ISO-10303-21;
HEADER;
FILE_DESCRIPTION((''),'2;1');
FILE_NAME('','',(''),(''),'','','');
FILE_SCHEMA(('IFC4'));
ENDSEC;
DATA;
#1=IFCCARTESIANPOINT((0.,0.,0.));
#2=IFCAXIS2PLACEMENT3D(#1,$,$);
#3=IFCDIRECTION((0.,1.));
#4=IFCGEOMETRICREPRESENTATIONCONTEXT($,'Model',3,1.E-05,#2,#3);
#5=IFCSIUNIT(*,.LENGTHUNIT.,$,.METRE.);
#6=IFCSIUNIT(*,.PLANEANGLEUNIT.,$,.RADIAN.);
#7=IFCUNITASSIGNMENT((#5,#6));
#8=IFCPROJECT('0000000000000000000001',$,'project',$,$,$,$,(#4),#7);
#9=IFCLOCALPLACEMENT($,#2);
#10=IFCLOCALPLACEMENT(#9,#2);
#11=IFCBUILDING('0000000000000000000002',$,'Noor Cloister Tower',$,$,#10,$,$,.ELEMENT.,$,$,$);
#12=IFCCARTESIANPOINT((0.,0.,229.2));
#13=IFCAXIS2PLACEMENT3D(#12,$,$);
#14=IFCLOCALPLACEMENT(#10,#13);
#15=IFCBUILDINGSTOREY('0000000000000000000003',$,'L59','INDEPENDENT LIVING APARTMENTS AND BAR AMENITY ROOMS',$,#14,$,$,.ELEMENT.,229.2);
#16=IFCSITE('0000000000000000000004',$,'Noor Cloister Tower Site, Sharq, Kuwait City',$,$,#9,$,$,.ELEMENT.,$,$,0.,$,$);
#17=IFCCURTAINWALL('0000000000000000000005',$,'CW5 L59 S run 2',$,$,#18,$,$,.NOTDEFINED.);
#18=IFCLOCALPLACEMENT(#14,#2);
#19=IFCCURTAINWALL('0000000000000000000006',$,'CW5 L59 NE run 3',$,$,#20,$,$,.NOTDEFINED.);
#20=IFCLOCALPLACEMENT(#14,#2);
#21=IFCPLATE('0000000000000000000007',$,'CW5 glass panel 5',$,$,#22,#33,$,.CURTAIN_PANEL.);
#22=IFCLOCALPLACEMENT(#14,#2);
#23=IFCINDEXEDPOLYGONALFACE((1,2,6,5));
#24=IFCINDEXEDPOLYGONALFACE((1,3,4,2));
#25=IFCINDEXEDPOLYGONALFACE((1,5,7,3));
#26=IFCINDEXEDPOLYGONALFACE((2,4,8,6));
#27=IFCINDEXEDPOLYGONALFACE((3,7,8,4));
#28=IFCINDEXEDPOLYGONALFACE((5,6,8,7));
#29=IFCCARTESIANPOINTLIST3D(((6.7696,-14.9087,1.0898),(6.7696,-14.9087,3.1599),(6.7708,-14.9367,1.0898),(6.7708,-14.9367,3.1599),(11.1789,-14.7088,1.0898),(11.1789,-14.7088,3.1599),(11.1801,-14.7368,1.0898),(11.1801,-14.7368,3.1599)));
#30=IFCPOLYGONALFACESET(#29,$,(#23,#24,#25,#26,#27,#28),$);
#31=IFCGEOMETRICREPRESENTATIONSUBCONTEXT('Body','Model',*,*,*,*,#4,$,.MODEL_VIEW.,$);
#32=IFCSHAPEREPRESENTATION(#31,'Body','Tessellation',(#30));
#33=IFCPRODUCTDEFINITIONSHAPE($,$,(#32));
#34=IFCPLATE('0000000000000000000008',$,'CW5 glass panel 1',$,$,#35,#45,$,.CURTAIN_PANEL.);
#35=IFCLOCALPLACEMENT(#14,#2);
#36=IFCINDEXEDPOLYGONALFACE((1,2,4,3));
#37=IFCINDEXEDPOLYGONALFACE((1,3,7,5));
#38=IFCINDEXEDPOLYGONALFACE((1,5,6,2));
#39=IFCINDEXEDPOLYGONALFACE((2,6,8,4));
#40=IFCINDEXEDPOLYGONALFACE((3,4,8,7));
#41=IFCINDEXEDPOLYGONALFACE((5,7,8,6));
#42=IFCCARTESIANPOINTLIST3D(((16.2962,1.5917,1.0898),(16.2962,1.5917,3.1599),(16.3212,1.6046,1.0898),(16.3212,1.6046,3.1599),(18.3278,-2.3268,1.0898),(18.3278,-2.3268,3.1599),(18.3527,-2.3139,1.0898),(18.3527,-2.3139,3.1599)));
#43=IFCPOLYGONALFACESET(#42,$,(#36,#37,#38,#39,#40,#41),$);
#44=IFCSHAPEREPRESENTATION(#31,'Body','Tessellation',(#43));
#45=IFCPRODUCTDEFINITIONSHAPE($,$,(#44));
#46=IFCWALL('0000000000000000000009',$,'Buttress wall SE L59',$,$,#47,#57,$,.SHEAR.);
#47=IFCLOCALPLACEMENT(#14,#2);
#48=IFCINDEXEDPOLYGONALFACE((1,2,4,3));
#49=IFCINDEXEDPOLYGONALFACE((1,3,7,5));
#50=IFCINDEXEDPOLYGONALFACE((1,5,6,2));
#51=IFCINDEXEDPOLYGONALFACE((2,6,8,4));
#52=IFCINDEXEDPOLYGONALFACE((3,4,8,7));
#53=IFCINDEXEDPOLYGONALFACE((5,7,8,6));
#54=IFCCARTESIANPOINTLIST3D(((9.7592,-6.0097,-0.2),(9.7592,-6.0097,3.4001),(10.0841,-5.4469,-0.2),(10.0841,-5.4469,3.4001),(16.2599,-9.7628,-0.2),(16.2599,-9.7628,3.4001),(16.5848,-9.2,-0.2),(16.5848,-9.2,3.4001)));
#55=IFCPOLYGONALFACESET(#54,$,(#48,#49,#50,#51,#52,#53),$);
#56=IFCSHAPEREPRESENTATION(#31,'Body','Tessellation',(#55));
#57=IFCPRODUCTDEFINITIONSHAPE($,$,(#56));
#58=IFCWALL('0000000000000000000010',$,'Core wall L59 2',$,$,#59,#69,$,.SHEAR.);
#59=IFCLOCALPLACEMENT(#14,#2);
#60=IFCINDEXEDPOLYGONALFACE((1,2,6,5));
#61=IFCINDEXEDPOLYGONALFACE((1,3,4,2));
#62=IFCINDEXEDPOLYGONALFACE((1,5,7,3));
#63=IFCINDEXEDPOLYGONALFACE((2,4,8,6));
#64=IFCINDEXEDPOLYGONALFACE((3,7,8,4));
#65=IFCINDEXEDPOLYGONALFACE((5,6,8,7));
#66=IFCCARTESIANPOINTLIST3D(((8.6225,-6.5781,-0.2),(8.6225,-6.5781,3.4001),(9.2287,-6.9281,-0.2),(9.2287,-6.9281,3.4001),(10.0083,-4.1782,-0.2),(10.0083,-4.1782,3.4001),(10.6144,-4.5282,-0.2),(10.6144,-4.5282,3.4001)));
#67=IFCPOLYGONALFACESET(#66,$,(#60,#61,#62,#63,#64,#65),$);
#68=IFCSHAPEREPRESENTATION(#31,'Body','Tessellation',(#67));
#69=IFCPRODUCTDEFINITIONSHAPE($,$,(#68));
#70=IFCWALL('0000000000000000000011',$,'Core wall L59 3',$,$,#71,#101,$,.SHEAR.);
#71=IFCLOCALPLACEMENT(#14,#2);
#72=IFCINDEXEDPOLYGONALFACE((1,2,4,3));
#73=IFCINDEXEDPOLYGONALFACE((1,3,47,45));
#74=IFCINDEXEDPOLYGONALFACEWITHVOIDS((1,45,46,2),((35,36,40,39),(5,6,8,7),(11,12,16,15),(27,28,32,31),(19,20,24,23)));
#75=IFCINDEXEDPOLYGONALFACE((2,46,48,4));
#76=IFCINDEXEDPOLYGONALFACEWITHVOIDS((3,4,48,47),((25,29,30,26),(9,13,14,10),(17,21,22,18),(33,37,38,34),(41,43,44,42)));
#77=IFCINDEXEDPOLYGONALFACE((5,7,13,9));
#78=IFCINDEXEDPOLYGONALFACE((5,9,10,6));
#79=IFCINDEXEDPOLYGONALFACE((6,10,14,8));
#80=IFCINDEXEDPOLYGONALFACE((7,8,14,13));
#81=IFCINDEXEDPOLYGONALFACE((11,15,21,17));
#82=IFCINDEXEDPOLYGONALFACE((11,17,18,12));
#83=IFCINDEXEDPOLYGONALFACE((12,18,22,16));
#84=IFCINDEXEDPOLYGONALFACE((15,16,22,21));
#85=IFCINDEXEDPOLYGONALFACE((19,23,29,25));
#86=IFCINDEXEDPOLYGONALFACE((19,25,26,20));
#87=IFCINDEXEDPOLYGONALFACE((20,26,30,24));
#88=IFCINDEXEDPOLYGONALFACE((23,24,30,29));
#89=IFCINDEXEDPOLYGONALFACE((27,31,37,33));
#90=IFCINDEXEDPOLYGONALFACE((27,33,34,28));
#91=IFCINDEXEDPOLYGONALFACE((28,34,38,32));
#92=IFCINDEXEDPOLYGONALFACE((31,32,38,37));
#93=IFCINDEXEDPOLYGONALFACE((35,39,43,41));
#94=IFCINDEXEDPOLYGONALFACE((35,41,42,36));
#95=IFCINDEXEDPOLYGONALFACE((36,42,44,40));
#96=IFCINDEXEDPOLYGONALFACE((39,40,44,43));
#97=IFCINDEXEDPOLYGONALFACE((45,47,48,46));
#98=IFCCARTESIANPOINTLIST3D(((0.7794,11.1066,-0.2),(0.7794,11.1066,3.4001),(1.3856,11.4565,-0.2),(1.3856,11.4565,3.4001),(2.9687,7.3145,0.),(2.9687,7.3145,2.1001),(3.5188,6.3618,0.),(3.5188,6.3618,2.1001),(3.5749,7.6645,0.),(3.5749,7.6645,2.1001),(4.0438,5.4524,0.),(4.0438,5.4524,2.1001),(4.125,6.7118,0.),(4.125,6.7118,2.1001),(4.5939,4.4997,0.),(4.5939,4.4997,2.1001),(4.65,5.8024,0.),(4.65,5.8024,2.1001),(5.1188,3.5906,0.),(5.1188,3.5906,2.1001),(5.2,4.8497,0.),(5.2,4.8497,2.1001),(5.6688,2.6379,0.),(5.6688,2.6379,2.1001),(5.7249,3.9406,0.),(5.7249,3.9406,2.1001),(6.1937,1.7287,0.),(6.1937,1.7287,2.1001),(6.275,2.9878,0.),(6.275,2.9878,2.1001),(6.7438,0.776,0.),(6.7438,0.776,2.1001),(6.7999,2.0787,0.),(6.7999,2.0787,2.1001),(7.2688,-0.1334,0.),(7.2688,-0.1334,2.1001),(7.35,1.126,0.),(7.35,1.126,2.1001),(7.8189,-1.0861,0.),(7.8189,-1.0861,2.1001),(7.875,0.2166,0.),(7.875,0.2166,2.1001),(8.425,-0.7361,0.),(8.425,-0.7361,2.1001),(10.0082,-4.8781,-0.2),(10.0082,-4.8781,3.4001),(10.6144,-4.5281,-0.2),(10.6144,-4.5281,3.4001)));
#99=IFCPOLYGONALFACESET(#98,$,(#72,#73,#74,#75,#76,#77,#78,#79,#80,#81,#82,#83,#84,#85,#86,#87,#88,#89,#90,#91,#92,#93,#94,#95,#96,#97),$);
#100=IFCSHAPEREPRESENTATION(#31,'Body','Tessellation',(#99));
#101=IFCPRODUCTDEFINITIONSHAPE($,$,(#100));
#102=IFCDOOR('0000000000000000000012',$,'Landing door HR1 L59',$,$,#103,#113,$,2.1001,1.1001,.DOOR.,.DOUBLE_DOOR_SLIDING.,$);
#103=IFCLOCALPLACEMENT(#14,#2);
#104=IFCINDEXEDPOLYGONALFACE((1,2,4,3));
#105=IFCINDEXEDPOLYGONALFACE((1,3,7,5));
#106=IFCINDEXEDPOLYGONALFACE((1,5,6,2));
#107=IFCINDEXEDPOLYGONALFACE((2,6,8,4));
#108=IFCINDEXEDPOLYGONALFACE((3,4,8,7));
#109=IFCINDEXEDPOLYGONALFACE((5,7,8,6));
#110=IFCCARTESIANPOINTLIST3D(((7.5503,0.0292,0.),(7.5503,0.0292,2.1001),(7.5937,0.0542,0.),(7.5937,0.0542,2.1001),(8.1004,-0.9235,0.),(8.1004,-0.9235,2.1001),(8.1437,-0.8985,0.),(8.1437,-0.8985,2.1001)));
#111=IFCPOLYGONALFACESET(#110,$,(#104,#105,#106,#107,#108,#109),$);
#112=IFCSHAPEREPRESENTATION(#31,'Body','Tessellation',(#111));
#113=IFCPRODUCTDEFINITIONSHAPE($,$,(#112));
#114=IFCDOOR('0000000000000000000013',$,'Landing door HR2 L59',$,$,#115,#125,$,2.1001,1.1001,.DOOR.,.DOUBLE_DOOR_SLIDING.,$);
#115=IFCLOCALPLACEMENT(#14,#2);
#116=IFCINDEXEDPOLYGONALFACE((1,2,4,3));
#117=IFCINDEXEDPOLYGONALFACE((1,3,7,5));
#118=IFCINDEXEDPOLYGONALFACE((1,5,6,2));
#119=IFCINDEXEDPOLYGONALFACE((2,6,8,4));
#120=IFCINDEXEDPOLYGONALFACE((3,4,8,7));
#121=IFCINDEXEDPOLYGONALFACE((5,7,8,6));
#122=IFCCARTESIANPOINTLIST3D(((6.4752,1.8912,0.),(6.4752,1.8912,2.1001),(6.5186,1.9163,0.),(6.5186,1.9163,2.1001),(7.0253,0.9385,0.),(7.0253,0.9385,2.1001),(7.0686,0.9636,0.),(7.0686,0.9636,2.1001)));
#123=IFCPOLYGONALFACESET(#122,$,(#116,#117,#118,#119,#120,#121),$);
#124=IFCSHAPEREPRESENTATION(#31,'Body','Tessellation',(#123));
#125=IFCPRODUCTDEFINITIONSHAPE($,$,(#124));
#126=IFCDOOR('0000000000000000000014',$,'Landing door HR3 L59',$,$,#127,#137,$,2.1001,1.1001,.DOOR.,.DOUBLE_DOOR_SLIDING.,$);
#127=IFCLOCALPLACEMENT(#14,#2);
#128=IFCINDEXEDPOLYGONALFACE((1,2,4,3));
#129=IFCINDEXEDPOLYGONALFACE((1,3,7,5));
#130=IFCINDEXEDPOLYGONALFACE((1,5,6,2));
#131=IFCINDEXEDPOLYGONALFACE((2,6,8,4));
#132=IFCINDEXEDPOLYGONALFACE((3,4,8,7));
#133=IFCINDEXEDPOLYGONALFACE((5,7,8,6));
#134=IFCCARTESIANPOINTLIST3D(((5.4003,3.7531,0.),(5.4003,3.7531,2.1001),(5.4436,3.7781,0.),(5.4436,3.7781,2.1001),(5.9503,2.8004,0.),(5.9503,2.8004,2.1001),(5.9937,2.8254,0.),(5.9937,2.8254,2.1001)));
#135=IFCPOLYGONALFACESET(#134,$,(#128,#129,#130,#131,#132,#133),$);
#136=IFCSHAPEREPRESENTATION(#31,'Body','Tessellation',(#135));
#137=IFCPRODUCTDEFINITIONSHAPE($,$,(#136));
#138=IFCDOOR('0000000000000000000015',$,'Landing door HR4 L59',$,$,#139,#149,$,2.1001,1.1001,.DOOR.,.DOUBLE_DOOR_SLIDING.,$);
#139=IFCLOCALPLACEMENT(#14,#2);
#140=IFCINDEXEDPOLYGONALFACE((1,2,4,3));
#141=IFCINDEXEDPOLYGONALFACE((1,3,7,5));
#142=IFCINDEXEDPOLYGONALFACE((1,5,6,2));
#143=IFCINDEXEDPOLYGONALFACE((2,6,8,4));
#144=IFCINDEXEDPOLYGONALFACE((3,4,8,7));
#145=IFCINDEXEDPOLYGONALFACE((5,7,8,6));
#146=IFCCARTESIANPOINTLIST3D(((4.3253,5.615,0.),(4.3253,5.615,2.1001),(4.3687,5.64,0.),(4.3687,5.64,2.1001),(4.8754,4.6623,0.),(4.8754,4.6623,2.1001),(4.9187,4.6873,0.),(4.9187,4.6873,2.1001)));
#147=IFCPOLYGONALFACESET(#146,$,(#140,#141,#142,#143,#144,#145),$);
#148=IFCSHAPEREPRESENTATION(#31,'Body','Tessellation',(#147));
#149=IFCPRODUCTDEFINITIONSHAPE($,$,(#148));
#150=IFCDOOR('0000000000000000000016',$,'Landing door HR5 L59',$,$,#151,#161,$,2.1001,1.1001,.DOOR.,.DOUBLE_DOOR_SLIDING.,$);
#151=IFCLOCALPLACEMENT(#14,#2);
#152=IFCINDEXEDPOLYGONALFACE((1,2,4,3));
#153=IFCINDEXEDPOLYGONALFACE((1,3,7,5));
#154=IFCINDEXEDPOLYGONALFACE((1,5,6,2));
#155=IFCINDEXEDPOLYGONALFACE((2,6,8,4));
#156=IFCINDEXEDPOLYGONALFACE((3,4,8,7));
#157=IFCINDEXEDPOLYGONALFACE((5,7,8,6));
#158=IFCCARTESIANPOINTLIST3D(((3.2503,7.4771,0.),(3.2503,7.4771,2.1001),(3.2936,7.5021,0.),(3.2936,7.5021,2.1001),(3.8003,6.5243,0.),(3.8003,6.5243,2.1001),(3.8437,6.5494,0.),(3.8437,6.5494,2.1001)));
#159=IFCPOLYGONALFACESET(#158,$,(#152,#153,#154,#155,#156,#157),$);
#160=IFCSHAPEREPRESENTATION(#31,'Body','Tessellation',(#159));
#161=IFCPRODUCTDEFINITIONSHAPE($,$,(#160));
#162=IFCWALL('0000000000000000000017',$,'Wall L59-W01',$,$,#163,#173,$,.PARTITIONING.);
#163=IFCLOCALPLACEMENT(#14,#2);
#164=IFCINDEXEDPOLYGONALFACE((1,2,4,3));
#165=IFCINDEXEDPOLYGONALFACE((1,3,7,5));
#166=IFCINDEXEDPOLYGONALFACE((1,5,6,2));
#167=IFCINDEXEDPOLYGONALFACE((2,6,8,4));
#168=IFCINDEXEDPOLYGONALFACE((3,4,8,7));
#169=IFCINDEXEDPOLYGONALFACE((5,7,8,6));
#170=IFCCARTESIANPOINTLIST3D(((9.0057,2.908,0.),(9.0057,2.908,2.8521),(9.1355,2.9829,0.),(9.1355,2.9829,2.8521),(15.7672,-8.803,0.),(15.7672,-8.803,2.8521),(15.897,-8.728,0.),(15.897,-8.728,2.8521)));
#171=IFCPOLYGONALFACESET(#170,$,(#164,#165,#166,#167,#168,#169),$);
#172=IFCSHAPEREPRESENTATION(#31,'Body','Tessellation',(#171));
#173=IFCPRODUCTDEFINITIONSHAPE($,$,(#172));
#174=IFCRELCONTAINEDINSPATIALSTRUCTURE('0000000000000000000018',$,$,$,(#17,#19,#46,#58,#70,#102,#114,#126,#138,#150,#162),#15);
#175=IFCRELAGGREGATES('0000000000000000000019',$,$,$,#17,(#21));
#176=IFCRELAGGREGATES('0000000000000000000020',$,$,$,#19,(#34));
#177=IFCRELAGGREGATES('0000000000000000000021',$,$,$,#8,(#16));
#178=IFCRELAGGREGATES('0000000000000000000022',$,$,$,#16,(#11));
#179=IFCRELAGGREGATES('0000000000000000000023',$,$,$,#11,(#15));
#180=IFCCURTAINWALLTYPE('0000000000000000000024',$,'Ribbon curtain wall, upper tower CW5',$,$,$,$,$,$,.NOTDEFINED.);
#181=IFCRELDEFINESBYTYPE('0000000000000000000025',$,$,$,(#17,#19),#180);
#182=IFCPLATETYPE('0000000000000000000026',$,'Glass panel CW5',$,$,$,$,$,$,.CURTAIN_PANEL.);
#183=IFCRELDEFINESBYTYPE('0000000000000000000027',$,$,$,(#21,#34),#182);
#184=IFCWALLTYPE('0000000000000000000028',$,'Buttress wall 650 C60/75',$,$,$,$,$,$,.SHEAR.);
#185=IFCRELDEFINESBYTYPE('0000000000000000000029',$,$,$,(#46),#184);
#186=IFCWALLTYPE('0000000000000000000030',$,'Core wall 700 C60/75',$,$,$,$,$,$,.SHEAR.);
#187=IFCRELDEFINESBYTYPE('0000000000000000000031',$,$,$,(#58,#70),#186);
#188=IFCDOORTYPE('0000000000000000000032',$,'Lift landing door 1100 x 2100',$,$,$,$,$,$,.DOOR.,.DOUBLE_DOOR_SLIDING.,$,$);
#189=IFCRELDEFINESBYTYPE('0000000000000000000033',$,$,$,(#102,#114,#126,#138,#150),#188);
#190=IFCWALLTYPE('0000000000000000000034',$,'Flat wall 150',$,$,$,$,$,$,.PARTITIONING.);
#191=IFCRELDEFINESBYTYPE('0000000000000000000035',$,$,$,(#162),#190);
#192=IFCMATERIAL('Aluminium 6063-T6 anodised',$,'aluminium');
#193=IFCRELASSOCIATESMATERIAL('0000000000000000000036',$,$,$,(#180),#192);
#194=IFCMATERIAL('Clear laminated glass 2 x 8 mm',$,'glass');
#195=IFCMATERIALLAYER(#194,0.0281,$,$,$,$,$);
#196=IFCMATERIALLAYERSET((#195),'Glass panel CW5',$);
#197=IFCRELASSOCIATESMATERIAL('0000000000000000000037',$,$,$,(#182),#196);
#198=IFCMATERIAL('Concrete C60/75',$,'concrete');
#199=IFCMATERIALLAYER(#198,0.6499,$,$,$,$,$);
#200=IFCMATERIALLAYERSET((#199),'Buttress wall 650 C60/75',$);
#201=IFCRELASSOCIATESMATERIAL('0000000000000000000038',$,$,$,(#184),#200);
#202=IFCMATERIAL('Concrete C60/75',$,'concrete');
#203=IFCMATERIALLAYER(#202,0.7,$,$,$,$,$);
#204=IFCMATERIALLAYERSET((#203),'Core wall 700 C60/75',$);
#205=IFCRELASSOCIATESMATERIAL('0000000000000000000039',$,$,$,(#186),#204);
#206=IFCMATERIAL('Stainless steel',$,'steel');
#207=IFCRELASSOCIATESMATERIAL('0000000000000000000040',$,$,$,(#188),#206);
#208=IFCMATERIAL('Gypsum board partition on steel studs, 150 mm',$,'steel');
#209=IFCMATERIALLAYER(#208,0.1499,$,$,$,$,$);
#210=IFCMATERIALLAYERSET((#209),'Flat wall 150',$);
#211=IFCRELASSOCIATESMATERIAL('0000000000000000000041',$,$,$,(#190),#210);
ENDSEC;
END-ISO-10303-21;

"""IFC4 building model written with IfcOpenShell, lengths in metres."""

from ifc_helpers import new_model, si_unit, direction, frame, frame_2d, origin, origin_2d, place, context, subcontext, project, spatial, rectangle, extrude, material, layer, layer_set, type_object, element, fill, aggregate, save


model = new_model("IFC4")

# Units and contexts
model_context = context("Model", 3, precision=1e-05, world=origin(), true_north=direction((0.0, 1.0)))
body_context = subcontext(model_context, "Body", "Model", "MODEL_VIEW")
ifc_project = project(units=[si_unit("LENGTHUNIT", "METRE"), si_unit("PLANEANGLEUNIT", "RADIAN")], contexts=[model_context])

# Site, building, storey
site_placement = place(None, origin())
site = spatial("IfcSite", under=ifc_project, at=site_placement, Name="Noor Cloister Tower Site, Sharq, Kuwait City", CompositionType="ELEMENT", RefElevation=0.0)
building_placement = place(site_placement, origin())
building = spatial("IfcBuilding", under=site, at=building_placement, Name="Noor Cloister Tower", CompositionType="ELEMENT")
storey_placement = place(building_placement, frame((0.0, 0.0, 229.2)))
storey = spatial("IfcBuildingStorey", under=building, at=storey_placement, Name="L59", Description="INDEPENDENT LIVING APARTMENTS AND BAR AMENITY ROOMS", CompositionType="ELEMENT", Elevation=229.2)

# Curtain walls
ifc_material_1 = material(Name="Aluminium 6063-T6 anodised", Category="aluminium")
curtain_wall_type = type_object("IfcCurtainWallType", Name="Ribbon curtain wall, upper tower CW5", PredefinedType="NOTDEFINED", material=ifc_material_1)
curtain_wall_1_placement = place(storey_placement, origin())
curtain_wall_1 = element("IfcCurtainWall", 1, at=curtain_wall_1_placement, inside=storey, type_object=curtain_wall_type, Name="CW5 L59 S run 2", PredefinedType="NOTDEFINED")
curtain_wall_2_placement = place(storey_placement, origin())
curtain_wall_2 = element("IfcCurtainWall", 2, at=curtain_wall_2_placement, inside=storey, type_object=curtain_wall_type, Name="CW5 L59 NE run 3", PredefinedType="NOTDEFINED")

# Plates
ifc_material_2 = material(Name="Clear laminated glass 2 x 8 mm", Category="glass")
ifc_layer_1 = layer(ifc_material_2, 0.0281)
ifc_layer_set_1 = layer_set([ifc_layer_1], Name="Glass panel CW5")
plate_type = type_object("IfcPlateType", Name="Glass panel CW5", PredefinedType="CURTAIN_PANEL", material=ifc_layer_set_1)
plate_1_placement = place(storey_placement, frame((8.9749, -14.8228, 1.0898), z_axis=(0.0, 0.0, 1.0), x_axis=(0.998974, 0.045286, 0.0)))
plate_1 = element("IfcPlate", 3, at=plate_1_placement, type_object=plate_type, Name="CW5 glass panel 5", PredefinedType="CURTAIN_PANEL", context=body_context, shape_type="SweptSolid", body=[
    extrude(rectangle(XDim=4.4138, YDim=0.0281, at=origin_2d()), origin(), (0.0, 0.0, 1.0), 2.0701),
])
aggregate(curtain_wall_1, [plate_1])
plate_2_placement = place(storey_placement, frame((17.3245, -0.3611, 1.0898), z_axis=(0.0, 0.0, 1.0), x_axis=(-0.460269, 0.88778, 0.0)))
plate_2 = element("IfcPlate", 4, at=plate_2_placement, type_object=plate_type, Name="CW5 glass panel 1", PredefinedType="CURTAIN_PANEL", context=body_context, shape_type="SweptSolid", body=[
    extrude(rectangle(XDim=4.4138, YDim=0.0281, at=origin_2d()), origin(), (0.0, 0.0, 1.0), 2.0701),
])
aggregate(curtain_wall_2, [plate_2])

# Walls
ifc_material_3 = material(Name="Concrete C60/75", Category="concrete")
ifc_layer_2 = layer(ifc_material_3, 0.6499)
ifc_layer_set_2 = layer_set([ifc_layer_2], Name="Buttress wall 650 C60/75")
wall_type_1 = type_object("IfcWallType", Name="Buttress wall 650 C60/75", PredefinedType="SHEAR", material=ifc_layer_set_2)
wall_1_placement = place(storey_placement, frame((9.9216, -5.7283, -0.2), z_axis=(0.0, 0.0, 1.0), x_axis=(0.866027, -0.499997, 0.0)))
element("IfcWall", 5, at=wall_1_placement, inside=storey, type_object=wall_type_1, Name="Buttress wall SE L59", PredefinedType="SHEAR", context=body_context, shape_type="SweptSolid", body=[
    extrude(rectangle(XDim=7.5063, YDim=0.6499, at=frame_2d((3.7532, 0.0))), origin(), (0.0, 0.0, 1.0), 3.6001),
])
ifc_material_4 = material(Name="Concrete C60/75", Category="concrete")
ifc_layer_3 = layer(ifc_material_4, 0.7)
ifc_layer_set_3 = layer_set([ifc_layer_3], Name="Core wall 700 C60/75")
wall_type_2 = type_object("IfcWallType", Name="Core wall 700 C60/75", PredefinedType="SHEAR", material=ifc_layer_set_3)
wall_2_placement = place(storey_placement, frame((8.9255, -6.7532, -0.2), z_axis=(0.0, 0.0, 1.0), x_axis=(0.500043, 0.866001, 0.0)))
element("IfcWall", 6, at=wall_2_placement, inside=storey, type_object=wall_type_2, Name="Core wall L59 2", PredefinedType="SHEAR", context=body_context, shape_type="SweptSolid", body=[
    extrude(rectangle(XDim=2.7712, YDim=0.7, at=frame_2d((1.3857, 0.0))), origin(), (0.0, 0.0, 1.0), 3.6001),
])

# Wall, openings, doors
wall_3_placement = place(storey_placement, frame((10.3113, -4.7031, -0.2), z_axis=(0.0, 0.0, 1.0), x_axis=(-0.500001, 0.866025, 0.0)))
wall_3 = element("IfcWall", 7, at=wall_3_placement, inside=storey, type_object=wall_type_2, Name="Core wall L59 3", PredefinedType="SHEAR", context=body_context, shape_type="SweptSolid", body=[
    extrude(rectangle(XDim=18.4575, YDim=0.7, at=frame_2d((9.2288, 0.0))), origin(), (0.0, 0.0, 1.0), 3.6001),
])
opening_1_placement = place(wall_3_placement, frame((4.3787, 0.0, 0.2)))
opening_1 = element("IfcOpeningElement", 8, at=opening_1_placement, cuts=wall_3, PredefinedType="OPENING", context=body_context, shape_type="SweptSolid", body=[
    extrude(rectangle(XDim=1.1001, YDim=2.1001, at=frame_2d((0.55, 1.05))), frame((0.0, 0.3599, 0.0), z_axis=(0.0, -1.0, 0.0), x_axis=(1.0, 0.0, 0.0)), (0.0, 0.0, 1.0), 0.72),
])
opening_2_placement = place(wall_3_placement, frame((6.5288, 0.0, 0.2)))
opening_2 = element("IfcOpeningElement", 9, at=opening_2_placement, cuts=wall_3, PredefinedType="OPENING", context=body_context, shape_type="SweptSolid", body=[
    extrude(rectangle(XDim=1.1001, YDim=2.1001, at=frame_2d((0.55, 1.05))), frame((0.0, 0.3599, 0.0), z_axis=(0.0, -1.0, 0.0), x_axis=(1.0, 0.0, 0.0)), (0.0, 0.0, 1.0), 0.72),
])
opening_3_placement = place(wall_3_placement, frame((8.6787, 0.0, 0.2)))
opening_3 = element("IfcOpeningElement", 10, at=opening_3_placement, cuts=wall_3, PredefinedType="OPENING", context=body_context, shape_type="SweptSolid", body=[
    extrude(rectangle(XDim=1.1001, YDim=2.1001, at=frame_2d((0.55, 1.05))), frame((0.0, 0.3599, 0.0), z_axis=(0.0, -1.0, 0.0), x_axis=(1.0, 0.0, 0.0)), (0.0, 0.0, 1.0), 0.72),
])
opening_4_placement = place(wall_3_placement, frame((10.8286, 0.0, 0.2)))
opening_4 = element("IfcOpeningElement", 11, at=opening_4_placement, cuts=wall_3, PredefinedType="OPENING", context=body_context, shape_type="SweptSolid", body=[
    extrude(rectangle(XDim=1.1001, YDim=2.1001, at=frame_2d((0.55, 1.05))), frame((0.0, 0.3599, 0.0), z_axis=(0.0, -1.0, 0.0), x_axis=(1.0, 0.0, 0.0)), (0.0, 0.0, 1.0), 0.72),
])
opening_5_placement = place(wall_3_placement, frame((12.9788, 0.0, 0.2)))
opening_5 = element("IfcOpeningElement", 12, at=opening_5_placement, cuts=wall_3, PredefinedType="OPENING", context=body_context, shape_type="SweptSolid", body=[
    extrude(rectangle(XDim=1.1001, YDim=2.1001, at=frame_2d((0.55, 1.05))), frame((0.0, 0.3599, 0.0), z_axis=(0.0, -1.0, 0.0), x_axis=(1.0, 0.0, 0.0)), (0.0, 0.0, 1.0), 0.72),
])
ifc_material_5 = material(Name="Stainless steel", Category="steel")
door_type = type_object("IfcDoorType", Name="Lift landing door 1100 x 2100", OperationType="DOUBLE_DOOR_SLIDING", PredefinedType="DOOR", material=ifc_material_5)
door_1_placement = place(opening_1_placement, origin())
door_1 = element("IfcDoor", 13, at=door_1_placement, inside=storey, type_object=door_type, Name="Landing door HR1 L59", OperationType="DOUBLE_DOOR_SLIDING", OverallHeight=2.1001, OverallWidth=1.1001, PredefinedType="DOOR", context=body_context, shape_type="SweptSolid", body=[
    extrude(rectangle(XDim=1.1001, YDim=2.1001, at=frame_2d((0.55, 1.05))), frame((0.0, 0.0249, 0.0), z_axis=(0.0, -1.0, 0.0), x_axis=(1.0, 0.0, 0.0)), (0.0, 0.0, 1.0), 0.05),
])
fill(opening_1, door_1)
door_2_placement = place(opening_2_placement, origin())
door_2 = element("IfcDoor", 14, at=door_2_placement, inside=storey, type_object=door_type, Name="Landing door HR2 L59", OperationType="DOUBLE_DOOR_SLIDING", OverallHeight=2.1001, OverallWidth=1.1001, PredefinedType="DOOR", context=body_context, shape_type="SweptSolid", body=[
    extrude(rectangle(XDim=1.1001, YDim=2.1001, at=frame_2d((0.55, 1.05))), frame((0.0, 0.0249, 0.0), z_axis=(0.0, -1.0, 0.0), x_axis=(1.0, 0.0, 0.0)), (0.0, 0.0, 1.0), 0.05),
])
fill(opening_2, door_2)
door_3_placement = place(opening_3_placement, origin())
door_3 = element("IfcDoor", 15, at=door_3_placement, inside=storey, type_object=door_type, Name="Landing door HR3 L59", OperationType="DOUBLE_DOOR_SLIDING", OverallHeight=2.1001, OverallWidth=1.1001, PredefinedType="DOOR", context=body_context, shape_type="SweptSolid", body=[
    extrude(rectangle(XDim=1.1001, YDim=2.1001, at=frame_2d((0.55, 1.05))), frame((0.0, 0.0249, 0.0), z_axis=(0.0, -1.0, 0.0), x_axis=(1.0, 0.0, 0.0)), (0.0, 0.0, 1.0), 0.05),
])
fill(opening_3, door_3)
door_4_placement = place(opening_4_placement, origin())
door_4 = element("IfcDoor", 16, at=door_4_placement, inside=storey, type_object=door_type, Name="Landing door HR4 L59", OperationType="DOUBLE_DOOR_SLIDING", OverallHeight=2.1001, OverallWidth=1.1001, PredefinedType="DOOR", context=body_context, shape_type="SweptSolid", body=[
    extrude(rectangle(XDim=1.1001, YDim=2.1001, at=frame_2d((0.55, 1.05))), frame((0.0, 0.0249, 0.0), z_axis=(0.0, -1.0, 0.0), x_axis=(1.0, 0.0, 0.0)), (0.0, 0.0, 1.0), 0.05),
])
fill(opening_4, door_4)
door_5_placement = place(opening_5_placement, origin())
door_5 = element("IfcDoor", 17, at=door_5_placement, inside=storey, type_object=door_type, Name="Landing door HR5 L59", OperationType="DOUBLE_DOOR_SLIDING", OverallHeight=2.1001, OverallWidth=1.1001, PredefinedType="DOOR", context=body_context, shape_type="SweptSolid", body=[
    extrude(rectangle(XDim=1.1001, YDim=2.1001, at=frame_2d((0.55, 1.05))), frame((0.0, 0.0249, 0.0), z_axis=(0.0, -1.0, 0.0), x_axis=(1.0, 0.0, 0.0)), (0.0, 0.0, 1.0), 0.05),
])
fill(opening_5, door_5)

# Wall
ifc_material_6 = material(Name="Gypsum board partition on steel studs, 150 mm", Category="steel")
ifc_layer_4 = layer(ifc_material_6, 0.1499)
ifc_layer_set_4 = layer_set([ifc_layer_4], Name="Flat wall 150")
wall_type_3 = type_object("IfcWallType", Name="Flat wall 150", PredefinedType="PARTITIONING", material=ifc_layer_set_4)
wall_4_placement = place(storey_placement, frame((15.832, -8.7654, 0.0), z_axis=(0.0, 0.0, 1.0), x_axis=(-0.500009, 0.86602, 0.0)))
element("IfcWall", 18, at=wall_4_placement, inside=storey, type_object=wall_type_3, Name="Wall L59-W01", PredefinedType="PARTITIONING", context=body_context, shape_type="SweptSolid", body=[
    extrude(rectangle(XDim=13.5227, YDim=0.1499, at=frame_2d((6.7612, 0.0))), origin(), (0.0, 0.0, 1.0), 2.8521),
])

save(model, "model.ifc")
